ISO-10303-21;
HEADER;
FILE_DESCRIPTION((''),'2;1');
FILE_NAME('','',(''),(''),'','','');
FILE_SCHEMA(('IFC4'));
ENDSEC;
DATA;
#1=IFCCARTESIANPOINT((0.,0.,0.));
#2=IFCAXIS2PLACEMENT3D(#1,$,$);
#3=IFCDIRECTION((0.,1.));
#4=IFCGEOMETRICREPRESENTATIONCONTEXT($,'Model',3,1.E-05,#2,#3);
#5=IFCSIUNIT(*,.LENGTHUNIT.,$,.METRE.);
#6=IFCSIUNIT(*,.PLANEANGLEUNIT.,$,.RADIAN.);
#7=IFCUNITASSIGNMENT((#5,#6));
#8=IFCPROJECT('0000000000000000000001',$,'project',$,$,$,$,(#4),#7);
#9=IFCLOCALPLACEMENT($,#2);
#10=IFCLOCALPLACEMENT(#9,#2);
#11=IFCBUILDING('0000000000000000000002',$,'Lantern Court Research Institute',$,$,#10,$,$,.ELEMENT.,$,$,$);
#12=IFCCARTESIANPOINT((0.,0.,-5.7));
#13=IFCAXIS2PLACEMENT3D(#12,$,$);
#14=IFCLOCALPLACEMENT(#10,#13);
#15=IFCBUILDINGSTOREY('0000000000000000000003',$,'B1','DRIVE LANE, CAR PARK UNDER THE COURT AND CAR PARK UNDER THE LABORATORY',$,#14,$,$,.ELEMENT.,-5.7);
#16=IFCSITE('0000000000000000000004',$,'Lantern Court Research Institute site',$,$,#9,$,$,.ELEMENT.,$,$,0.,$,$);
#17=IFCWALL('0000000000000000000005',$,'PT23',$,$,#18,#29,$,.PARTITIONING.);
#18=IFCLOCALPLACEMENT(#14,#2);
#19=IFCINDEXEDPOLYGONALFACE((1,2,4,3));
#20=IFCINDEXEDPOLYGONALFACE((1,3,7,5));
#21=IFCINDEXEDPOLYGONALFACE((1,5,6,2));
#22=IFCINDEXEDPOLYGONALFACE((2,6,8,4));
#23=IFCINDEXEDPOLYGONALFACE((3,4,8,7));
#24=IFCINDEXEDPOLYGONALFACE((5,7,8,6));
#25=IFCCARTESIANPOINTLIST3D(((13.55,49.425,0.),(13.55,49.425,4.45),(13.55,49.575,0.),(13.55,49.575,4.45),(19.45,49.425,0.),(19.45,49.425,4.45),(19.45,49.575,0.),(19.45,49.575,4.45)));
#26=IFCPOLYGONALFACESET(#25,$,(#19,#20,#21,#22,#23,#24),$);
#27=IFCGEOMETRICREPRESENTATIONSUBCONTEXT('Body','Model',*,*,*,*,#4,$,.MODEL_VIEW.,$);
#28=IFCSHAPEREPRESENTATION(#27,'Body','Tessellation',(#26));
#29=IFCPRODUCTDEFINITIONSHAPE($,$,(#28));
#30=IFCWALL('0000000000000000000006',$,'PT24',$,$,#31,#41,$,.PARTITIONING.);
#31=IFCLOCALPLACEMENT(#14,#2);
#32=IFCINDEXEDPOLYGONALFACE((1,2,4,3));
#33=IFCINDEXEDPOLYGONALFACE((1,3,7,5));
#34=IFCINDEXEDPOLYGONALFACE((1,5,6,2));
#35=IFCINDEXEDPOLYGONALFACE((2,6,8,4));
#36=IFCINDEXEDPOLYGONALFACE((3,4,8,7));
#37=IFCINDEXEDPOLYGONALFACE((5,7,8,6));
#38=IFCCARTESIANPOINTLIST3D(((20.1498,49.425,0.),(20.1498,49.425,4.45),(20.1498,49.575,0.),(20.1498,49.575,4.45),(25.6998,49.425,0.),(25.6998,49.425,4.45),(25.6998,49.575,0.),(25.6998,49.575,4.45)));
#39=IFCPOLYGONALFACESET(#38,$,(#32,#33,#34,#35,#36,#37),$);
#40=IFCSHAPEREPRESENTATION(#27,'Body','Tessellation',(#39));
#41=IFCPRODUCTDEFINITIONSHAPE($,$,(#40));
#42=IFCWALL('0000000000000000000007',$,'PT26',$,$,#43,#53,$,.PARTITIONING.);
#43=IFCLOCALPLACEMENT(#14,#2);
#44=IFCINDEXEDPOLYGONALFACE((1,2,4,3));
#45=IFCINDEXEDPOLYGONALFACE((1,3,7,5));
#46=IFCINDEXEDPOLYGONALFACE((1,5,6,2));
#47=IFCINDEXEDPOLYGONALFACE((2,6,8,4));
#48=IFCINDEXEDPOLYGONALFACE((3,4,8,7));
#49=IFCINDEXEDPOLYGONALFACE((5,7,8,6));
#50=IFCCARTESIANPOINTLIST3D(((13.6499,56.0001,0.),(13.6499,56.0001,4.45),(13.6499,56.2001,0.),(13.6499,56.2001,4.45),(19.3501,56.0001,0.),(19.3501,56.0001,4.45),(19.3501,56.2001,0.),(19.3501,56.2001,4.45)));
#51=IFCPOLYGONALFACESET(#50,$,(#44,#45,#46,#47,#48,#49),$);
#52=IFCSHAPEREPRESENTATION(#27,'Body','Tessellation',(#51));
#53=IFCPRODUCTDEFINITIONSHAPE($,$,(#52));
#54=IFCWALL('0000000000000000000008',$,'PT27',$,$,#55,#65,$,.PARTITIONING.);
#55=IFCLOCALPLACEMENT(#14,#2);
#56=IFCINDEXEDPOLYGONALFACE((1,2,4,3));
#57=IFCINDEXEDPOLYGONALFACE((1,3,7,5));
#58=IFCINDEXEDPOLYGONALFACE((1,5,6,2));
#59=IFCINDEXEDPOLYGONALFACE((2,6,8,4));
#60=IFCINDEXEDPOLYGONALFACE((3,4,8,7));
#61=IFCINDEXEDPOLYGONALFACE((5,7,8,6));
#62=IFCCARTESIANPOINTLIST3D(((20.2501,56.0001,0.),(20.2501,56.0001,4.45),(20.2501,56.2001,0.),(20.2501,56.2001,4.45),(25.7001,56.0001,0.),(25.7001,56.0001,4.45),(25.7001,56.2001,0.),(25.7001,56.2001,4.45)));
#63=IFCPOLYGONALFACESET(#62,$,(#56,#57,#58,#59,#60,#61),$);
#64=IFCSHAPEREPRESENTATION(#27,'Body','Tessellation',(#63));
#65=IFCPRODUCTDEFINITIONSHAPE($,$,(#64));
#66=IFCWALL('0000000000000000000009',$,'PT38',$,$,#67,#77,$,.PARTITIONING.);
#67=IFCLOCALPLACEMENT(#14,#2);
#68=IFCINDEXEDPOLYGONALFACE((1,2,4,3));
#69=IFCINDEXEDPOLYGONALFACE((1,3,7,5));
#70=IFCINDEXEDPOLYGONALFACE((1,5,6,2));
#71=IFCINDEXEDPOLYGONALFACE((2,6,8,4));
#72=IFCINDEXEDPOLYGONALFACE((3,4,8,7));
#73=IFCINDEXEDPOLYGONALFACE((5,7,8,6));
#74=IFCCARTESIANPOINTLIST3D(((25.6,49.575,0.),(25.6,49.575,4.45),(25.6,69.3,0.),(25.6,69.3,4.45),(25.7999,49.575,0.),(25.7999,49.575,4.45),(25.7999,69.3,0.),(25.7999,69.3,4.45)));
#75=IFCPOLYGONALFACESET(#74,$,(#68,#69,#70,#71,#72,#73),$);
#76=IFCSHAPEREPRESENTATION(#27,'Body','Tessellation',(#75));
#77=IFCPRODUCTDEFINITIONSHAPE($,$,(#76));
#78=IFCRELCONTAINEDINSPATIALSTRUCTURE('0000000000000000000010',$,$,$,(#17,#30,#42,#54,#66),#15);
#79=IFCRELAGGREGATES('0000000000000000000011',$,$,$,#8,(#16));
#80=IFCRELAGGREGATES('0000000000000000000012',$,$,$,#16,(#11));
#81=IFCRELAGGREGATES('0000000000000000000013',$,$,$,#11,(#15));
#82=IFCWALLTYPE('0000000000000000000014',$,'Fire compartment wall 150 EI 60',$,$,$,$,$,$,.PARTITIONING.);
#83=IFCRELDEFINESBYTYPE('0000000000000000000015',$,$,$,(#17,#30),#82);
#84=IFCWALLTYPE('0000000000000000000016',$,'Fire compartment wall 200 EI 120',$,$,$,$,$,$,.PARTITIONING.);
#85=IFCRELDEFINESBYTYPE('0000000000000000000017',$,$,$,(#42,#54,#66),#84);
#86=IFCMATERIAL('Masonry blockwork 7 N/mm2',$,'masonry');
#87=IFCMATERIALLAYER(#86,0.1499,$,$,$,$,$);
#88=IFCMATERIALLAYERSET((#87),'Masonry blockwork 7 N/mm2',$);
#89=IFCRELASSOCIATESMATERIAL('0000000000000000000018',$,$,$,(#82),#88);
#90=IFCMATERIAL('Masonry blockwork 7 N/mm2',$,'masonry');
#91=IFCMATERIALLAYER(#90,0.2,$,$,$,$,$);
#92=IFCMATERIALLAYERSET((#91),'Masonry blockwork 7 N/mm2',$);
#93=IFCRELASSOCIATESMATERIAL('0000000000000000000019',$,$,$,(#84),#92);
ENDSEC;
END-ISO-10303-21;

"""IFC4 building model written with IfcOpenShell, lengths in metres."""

from ifc_helpers import new_model, si_unit, direction, frame, frame_2d, origin, place, context, subcontext, project, spatial, rectangle, extrude, material, layer, layer_set, type_object, element, save


model = new_model("IFC4")

# Units and contexts
model_context = context("Model", 3, precision=1e-05, world=origin(), true_north=direction((0.0, 1.0)))
body_context = subcontext(model_context, "Body", "Model", "MODEL_VIEW")
ifc_project = project(units=[si_unit("LENGTHUNIT", "METRE"), si_unit("PLANEANGLEUNIT", "RADIAN")], contexts=[model_context])

# Site, building, storey
site_placement = place(None, origin())
site = spatial("IfcSite", under=ifc_project, at=site_placement, Name="Lantern Court Research Institute site", CompositionType="ELEMENT", RefElevation=0.0)
building_placement = place(site_placement, origin())
building = spatial("IfcBuilding", under=site, at=building_placement, Name="Lantern Court Research Institute", CompositionType="ELEMENT")
storey_placement = place(building_placement, frame((0.0, 0.0, -5.7)))
storey = spatial("IfcBuildingStorey", under=building, at=storey_placement, Name="B1", Description="DRIVE LANE, CAR PARK UNDER THE COURT AND CAR PARK UNDER THE LABORATORY", CompositionType="ELEMENT", Elevation=-5.7)

# Walls
ifc_material_1 = material(Name="Masonry blockwork 7 N/mm2", Category="masonry")
ifc_layer_1 = layer(ifc_material_1, 0.1499)
ifc_layer_set_1 = layer_set([ifc_layer_1], Name="Masonry blockwork 7 N/mm2")
wall_type_1 = type_object("IfcWallType", Name="Fire compartment wall 150 EI 60", PredefinedType="PARTITIONING", material=ifc_layer_set_1)
wall_1_placement = place(storey_placement, frame((13.55, 49.5, 0.0), z_axis=(0.0, 0.0, 1.0), x_axis=(1.0, 0.0, 0.0)))
element("IfcWall", 1, at=wall_1_placement, inside=storey, type_object=wall_type_1, Name="PT23", PredefinedType="PARTITIONING", context=body_context, shape_type="SweptSolid", body=[
    extrude(rectangle(XDim=5.8999, YDim=0.1499, at=frame_2d((2.95, 0.0))), origin(), (0.0, 0.0, 1.0), 4.45),
])
wall_2_placement = place(storey_placement, frame((20.1499, 49.5, 0.0), z_axis=(0.0, 0.0, 1.0), x_axis=(1.0, 0.0, 0.0)))
element("IfcWall", 2, at=wall_2_placement, inside=storey, type_object=wall_type_1, Name="PT24", PredefinedType="PARTITIONING", context=body_context, shape_type="SweptSolid", body=[
    extrude(rectangle(XDim=5.55, YDim=0.1499, at=frame_2d((2.7749, 0.0))), origin(), (0.0, 0.0, 1.0), 4.45),
])
ifc_material_2 = material(Name="Masonry blockwork 7 N/mm2", Category="masonry")
ifc_layer_2 = layer(ifc_material_2, 0.2)
ifc_layer_set_2 = layer_set([ifc_layer_2], Name="Masonry blockwork 7 N/mm2")
wall_type_2 = type_object("IfcWallType", Name="Fire compartment wall 200 EI 120", PredefinedType="PARTITIONING", material=ifc_layer_set_2)
wall_3_placement = place(storey_placement, frame((13.6499, 56.1001, 0.0), z_axis=(0.0, 0.0, 1.0), x_axis=(1.0, 0.0, 0.0)))
element("IfcWall", 3, at=wall_3_placement, inside=storey, type_object=wall_type_2, Name="PT26", PredefinedType="PARTITIONING", context=body_context, shape_type="SweptSolid", body=[
    extrude(rectangle(XDim=5.7002, YDim=0.2, at=frame_2d((2.8501, 0.0))), origin(), (0.0, 0.0, 1.0), 4.45),
])
wall_4_placement = place(storey_placement, frame((20.25, 56.1001, 0.0), z_axis=(0.0, 0.0, 1.0), x_axis=(1.0, 0.0, 0.0)))
element("IfcWall", 4, at=wall_4_placement, inside=storey, type_object=wall_type_2, Name="PT27", PredefinedType="PARTITIONING", context=body_context, shape_type="SweptSolid", body=[
    extrude(rectangle(XDim=5.45, YDim=0.2, at=frame_2d((2.7251, 0.0))), origin(), (0.0, 0.0, 1.0), 4.45),
])
wall_5_placement = place(storey_placement, frame((25.7, 49.575, 0.0), z_axis=(0.0, 0.0, 1.0), x_axis=(0.0, 1.0, 0.0)))
element("IfcWall", 5, at=wall_5_placement, inside=storey, type_object=wall_type_2, Name="PT38", PredefinedType="PARTITIONING", context=body_context, shape_type="SweptSolid", body=[
    extrude(rectangle(XDim=19.7251, YDim=0.2, at=frame_2d((9.8625, 0.0))), origin(), (0.0, 0.0, 1.0), 4.45),
])

save(model, "model.ifc")
